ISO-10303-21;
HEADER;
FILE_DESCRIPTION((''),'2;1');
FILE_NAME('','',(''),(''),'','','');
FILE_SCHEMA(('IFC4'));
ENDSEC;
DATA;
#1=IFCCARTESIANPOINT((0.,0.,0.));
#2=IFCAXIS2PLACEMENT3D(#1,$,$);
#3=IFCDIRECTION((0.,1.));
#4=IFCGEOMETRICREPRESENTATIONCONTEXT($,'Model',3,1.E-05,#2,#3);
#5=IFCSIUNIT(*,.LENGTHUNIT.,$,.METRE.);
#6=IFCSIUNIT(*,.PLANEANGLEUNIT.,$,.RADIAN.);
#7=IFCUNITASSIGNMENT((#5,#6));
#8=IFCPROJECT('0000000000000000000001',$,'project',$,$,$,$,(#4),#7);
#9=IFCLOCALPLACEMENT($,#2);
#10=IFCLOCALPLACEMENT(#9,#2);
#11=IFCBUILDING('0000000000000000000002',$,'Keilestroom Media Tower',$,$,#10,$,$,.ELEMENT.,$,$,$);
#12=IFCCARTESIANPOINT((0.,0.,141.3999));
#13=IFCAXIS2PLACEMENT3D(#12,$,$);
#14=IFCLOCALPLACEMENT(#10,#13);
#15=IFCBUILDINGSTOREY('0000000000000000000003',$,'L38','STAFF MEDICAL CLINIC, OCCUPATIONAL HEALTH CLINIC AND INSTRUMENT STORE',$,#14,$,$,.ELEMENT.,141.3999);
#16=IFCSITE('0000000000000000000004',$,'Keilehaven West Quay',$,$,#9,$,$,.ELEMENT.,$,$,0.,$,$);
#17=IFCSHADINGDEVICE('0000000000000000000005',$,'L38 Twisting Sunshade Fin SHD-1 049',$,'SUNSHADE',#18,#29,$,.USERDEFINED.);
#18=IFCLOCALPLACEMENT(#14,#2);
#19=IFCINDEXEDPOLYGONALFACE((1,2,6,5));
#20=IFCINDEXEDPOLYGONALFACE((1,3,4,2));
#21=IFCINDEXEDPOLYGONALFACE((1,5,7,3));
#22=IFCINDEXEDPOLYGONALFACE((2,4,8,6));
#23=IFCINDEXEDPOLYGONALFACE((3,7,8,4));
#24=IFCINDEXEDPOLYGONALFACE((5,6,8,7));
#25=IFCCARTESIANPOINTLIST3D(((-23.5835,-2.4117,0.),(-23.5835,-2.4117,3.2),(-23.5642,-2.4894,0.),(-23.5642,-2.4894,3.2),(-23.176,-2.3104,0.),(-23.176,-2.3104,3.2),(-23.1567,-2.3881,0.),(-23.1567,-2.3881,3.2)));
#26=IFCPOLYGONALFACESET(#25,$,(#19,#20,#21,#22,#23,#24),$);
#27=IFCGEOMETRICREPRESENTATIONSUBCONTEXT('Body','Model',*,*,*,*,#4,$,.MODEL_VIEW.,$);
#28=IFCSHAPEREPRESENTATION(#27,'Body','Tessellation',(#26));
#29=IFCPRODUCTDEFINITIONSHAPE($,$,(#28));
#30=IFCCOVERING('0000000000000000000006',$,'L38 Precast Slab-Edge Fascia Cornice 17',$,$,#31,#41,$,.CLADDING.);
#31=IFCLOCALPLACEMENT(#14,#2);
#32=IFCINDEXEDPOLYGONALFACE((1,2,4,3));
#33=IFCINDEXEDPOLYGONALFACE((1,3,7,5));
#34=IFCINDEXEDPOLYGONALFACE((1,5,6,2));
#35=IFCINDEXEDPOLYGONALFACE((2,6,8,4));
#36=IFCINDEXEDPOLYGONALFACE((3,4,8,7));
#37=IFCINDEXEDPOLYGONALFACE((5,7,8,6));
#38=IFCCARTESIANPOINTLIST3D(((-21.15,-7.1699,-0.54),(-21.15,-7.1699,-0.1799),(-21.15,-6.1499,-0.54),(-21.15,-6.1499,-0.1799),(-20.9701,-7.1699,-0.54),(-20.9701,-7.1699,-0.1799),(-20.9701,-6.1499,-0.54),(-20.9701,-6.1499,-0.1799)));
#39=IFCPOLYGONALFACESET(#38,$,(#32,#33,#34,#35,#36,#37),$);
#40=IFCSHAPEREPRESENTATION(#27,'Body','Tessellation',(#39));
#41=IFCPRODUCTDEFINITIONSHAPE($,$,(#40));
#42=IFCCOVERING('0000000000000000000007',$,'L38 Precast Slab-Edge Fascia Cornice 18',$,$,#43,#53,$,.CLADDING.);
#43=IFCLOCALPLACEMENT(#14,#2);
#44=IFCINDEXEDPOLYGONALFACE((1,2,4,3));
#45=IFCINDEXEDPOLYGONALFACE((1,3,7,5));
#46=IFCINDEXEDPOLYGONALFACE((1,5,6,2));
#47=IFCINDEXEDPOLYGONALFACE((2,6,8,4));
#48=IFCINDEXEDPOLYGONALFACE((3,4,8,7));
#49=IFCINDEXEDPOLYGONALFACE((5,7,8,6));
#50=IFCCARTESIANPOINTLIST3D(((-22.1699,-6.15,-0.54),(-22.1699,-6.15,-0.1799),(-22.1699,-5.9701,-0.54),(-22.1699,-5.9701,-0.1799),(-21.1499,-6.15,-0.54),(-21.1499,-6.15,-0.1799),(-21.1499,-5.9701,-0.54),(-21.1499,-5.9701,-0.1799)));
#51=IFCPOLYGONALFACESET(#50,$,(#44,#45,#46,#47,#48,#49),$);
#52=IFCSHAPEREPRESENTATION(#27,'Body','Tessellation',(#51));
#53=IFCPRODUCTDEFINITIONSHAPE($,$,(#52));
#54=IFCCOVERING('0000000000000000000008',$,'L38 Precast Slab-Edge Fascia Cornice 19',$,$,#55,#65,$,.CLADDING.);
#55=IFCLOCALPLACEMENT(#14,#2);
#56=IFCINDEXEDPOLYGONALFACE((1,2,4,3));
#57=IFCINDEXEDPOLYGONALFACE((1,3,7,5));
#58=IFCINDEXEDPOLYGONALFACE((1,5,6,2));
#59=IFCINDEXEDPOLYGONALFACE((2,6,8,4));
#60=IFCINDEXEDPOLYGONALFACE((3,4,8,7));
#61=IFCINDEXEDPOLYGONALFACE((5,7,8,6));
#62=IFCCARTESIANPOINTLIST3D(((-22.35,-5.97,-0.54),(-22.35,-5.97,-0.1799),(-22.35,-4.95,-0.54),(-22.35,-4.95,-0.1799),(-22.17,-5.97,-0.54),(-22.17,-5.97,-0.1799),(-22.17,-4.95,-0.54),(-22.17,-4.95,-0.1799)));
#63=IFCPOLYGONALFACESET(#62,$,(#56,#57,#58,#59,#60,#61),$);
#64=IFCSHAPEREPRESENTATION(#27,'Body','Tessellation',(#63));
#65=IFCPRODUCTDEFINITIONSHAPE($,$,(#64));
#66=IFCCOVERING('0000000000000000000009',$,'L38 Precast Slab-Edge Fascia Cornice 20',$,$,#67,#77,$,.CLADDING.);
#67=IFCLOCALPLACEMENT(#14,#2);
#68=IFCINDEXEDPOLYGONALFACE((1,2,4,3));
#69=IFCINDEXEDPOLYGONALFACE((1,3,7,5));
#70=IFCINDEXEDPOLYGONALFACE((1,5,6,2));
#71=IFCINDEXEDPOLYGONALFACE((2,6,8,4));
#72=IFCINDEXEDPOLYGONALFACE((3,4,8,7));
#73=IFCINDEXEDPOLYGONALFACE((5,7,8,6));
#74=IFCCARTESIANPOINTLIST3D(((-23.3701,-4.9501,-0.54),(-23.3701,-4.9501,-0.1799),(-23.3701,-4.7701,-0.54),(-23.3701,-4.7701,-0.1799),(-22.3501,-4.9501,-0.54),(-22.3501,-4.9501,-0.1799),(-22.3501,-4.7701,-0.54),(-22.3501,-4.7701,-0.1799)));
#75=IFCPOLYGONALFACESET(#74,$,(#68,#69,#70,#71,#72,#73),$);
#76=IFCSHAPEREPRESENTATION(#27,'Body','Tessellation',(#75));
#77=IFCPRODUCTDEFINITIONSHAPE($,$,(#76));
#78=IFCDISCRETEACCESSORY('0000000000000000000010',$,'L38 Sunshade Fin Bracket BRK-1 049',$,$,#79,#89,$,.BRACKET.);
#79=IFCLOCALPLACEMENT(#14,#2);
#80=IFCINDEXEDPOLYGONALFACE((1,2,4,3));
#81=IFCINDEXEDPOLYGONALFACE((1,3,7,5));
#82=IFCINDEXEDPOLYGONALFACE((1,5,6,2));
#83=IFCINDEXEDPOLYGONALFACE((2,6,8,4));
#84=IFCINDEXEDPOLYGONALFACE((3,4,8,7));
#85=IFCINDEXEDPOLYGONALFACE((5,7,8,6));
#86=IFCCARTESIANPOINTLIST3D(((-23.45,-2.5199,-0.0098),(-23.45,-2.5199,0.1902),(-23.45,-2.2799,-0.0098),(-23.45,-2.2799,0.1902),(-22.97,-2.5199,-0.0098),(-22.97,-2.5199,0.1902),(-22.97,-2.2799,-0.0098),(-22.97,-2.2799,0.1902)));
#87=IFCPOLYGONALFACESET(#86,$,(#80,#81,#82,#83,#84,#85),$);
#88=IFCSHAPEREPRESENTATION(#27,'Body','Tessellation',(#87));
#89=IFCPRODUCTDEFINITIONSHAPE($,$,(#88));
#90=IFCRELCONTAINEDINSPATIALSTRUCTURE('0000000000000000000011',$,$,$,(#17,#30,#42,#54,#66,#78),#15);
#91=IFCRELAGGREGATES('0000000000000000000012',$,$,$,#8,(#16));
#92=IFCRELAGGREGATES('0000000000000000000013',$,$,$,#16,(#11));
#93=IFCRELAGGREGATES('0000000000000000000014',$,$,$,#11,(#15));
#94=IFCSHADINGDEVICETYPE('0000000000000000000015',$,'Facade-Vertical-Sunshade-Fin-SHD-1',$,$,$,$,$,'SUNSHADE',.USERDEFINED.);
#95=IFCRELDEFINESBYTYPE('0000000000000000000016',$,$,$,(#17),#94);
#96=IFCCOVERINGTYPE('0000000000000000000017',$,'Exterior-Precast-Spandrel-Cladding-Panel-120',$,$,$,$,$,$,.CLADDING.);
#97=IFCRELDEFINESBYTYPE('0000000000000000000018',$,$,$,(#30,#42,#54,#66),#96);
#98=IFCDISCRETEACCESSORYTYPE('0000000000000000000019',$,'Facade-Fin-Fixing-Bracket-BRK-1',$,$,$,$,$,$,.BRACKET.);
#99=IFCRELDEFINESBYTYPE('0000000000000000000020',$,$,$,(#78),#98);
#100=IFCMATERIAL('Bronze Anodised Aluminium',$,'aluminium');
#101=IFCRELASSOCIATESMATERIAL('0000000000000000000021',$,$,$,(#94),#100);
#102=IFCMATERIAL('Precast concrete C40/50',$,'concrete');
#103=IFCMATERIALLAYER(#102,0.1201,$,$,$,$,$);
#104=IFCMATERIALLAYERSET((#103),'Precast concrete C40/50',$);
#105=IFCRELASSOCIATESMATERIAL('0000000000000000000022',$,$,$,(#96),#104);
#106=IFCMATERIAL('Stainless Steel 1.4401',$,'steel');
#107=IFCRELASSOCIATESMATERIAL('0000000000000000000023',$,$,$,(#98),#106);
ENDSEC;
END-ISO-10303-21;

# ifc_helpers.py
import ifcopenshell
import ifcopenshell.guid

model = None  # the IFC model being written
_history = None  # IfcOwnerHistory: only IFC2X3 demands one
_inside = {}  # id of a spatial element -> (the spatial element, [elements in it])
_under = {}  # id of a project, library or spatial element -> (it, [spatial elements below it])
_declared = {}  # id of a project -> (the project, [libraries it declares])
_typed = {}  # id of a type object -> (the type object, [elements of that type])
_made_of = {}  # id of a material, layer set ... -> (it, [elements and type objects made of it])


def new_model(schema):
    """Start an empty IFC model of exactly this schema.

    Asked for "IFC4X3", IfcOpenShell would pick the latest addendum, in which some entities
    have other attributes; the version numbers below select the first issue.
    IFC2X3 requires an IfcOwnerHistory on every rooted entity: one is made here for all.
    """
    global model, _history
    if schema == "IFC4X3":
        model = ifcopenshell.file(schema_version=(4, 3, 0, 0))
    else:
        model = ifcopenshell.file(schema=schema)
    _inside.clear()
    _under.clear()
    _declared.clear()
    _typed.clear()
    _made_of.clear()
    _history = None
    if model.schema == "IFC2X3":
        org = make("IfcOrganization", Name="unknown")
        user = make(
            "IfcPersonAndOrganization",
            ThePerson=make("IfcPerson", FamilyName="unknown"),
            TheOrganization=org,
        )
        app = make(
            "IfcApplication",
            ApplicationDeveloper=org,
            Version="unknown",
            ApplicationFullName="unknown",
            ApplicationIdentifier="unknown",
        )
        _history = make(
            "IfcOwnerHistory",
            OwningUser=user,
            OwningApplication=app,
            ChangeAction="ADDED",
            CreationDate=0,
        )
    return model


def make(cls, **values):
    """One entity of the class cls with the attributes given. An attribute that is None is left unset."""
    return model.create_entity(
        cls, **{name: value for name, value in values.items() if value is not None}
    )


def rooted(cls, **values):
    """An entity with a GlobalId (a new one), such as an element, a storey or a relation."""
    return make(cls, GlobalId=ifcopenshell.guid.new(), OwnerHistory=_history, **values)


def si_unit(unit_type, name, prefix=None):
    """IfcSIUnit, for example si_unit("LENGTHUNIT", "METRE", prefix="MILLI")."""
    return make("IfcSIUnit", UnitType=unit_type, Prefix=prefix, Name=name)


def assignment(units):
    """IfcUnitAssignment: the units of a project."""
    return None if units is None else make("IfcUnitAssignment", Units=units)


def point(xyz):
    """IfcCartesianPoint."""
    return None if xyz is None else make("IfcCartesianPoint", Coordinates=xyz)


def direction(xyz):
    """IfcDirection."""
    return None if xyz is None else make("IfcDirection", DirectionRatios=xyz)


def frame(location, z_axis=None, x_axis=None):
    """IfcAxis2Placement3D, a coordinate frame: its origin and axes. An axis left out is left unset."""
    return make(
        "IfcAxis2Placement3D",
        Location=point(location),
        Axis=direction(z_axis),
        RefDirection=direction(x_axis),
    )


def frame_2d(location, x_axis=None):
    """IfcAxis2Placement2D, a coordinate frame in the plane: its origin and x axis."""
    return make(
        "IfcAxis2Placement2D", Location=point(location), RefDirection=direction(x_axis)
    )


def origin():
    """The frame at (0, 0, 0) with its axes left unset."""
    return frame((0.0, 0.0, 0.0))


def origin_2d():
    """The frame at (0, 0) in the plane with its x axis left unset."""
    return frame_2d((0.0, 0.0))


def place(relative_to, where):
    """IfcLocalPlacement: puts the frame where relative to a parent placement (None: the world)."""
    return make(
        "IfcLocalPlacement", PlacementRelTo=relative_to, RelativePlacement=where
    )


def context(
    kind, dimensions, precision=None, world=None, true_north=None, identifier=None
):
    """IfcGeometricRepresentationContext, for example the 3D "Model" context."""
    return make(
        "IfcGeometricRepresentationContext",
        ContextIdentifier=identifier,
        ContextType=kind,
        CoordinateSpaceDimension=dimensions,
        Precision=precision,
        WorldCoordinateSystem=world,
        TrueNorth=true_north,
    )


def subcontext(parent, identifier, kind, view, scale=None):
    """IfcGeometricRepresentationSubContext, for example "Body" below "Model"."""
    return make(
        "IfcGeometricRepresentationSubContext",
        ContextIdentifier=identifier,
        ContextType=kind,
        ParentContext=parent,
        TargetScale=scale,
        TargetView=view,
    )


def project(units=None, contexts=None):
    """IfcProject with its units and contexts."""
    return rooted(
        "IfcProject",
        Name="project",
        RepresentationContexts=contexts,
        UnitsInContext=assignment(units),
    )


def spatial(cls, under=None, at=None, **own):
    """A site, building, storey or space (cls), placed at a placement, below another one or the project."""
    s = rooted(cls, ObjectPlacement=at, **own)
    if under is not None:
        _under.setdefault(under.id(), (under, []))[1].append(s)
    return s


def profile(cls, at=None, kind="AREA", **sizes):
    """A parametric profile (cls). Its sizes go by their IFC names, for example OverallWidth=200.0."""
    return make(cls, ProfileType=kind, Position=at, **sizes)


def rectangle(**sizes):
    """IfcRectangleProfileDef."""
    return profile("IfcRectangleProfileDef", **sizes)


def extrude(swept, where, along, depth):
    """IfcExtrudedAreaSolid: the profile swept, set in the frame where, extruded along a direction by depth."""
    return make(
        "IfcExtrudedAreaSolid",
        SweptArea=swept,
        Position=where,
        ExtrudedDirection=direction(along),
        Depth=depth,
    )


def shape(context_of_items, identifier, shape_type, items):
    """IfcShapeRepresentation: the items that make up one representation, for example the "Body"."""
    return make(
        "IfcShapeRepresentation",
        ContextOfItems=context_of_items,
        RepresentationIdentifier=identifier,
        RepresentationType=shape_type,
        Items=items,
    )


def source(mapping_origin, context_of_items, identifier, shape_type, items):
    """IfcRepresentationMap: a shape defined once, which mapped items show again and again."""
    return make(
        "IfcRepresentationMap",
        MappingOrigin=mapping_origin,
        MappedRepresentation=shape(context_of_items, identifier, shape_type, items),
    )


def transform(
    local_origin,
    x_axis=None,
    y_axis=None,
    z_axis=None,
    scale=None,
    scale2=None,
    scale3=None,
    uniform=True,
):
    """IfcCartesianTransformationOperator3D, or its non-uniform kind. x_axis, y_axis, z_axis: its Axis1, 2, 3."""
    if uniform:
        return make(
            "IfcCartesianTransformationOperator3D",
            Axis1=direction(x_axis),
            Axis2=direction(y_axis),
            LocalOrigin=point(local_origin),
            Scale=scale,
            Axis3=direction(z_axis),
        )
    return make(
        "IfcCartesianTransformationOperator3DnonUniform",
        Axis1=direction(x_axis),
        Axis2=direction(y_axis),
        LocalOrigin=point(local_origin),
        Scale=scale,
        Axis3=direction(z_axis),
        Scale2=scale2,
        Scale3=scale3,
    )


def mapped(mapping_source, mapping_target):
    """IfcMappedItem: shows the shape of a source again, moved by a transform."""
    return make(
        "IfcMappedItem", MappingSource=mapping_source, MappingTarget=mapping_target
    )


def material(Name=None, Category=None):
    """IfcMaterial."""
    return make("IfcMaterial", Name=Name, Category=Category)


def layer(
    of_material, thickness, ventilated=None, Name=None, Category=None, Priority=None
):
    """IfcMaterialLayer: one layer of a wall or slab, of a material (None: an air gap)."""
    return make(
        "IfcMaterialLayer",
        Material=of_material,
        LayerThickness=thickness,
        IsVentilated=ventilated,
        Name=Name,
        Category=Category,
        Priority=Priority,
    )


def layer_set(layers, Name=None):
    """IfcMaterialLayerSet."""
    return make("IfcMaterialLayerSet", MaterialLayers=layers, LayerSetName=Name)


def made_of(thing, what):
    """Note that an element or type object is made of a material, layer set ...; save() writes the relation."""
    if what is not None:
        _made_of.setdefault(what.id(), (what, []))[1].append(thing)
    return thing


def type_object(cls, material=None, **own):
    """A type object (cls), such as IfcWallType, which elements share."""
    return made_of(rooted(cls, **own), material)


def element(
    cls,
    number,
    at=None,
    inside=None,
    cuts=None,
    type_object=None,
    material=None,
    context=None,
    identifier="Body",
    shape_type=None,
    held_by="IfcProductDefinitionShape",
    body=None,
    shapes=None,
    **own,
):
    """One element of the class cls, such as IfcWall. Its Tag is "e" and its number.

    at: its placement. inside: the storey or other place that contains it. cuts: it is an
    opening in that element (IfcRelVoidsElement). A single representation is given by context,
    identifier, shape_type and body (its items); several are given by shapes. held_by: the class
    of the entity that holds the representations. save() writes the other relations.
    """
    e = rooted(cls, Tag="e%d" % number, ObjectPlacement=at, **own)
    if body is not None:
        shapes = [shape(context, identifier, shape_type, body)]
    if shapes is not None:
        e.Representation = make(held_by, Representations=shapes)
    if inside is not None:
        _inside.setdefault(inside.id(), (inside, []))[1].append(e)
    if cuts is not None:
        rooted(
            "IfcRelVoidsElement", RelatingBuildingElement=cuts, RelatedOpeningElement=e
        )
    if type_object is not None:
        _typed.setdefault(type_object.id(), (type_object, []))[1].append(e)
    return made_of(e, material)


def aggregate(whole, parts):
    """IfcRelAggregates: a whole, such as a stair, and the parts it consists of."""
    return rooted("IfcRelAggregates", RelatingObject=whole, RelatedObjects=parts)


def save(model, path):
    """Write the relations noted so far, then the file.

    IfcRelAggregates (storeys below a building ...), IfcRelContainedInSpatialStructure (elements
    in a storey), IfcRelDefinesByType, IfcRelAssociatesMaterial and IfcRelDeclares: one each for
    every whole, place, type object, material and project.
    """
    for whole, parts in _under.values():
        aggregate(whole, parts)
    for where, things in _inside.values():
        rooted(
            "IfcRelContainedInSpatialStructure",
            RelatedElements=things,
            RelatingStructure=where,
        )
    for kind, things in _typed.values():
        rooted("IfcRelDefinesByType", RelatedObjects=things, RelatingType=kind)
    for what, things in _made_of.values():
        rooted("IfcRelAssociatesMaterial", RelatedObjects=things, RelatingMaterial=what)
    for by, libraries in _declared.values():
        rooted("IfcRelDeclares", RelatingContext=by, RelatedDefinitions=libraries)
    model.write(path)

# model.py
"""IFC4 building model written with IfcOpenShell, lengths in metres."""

from ifc_helpers import new_model, si_unit, direction, frame, origin, origin_2d, place, context, subcontext, project, spatial, rectangle, extrude, source, transform, mapped, material, layer, layer_set, type_object, element, save


model = new_model("IFC4")

# Units and contexts
model_context = context("Model", 3, precision=1e-05, world=origin(), true_north=direction((0.0, 1.0)))
body_context = subcontext(model_context, "Body", "Model", "MODEL_VIEW")
ifc_project = project(units=[si_unit("LENGTHUNIT", "METRE"), si_unit("PLANEANGLEUNIT", "RADIAN")], contexts=[model_context])

# Site, building, storey
site_placement = place(None, origin())
site = spatial("IfcSite", under=ifc_project, at=site_placement, Name="Keilehaven West Quay", CompositionType="ELEMENT", RefElevation=0.0)
building_placement = place(site_placement, origin())
building = spatial("IfcBuilding", under=site, at=building_placement, Name="Keilestroom Media Tower", CompositionType="ELEMENT")
storey_placement = place(building_placement, frame((0.0, 0.0, 141.3999)))
storey = spatial("IfcBuildingStorey", under=building, at=storey_placement, Name="L38", Description="STAFF MEDICAL CLINIC, OCCUPATIONAL HEALTH CLINIC AND INSTRUMENT STORE", CompositionType="ELEMENT", Elevation=141.3999)

# Shared definitions
ifc_material_1 = material(Name="Precast concrete C40/50", Category="concrete")

# Shading device
ifc_material_2 = material(Name="Bronze Anodised Aluminium", Category="aluminium")
shading_device_type = type_object("IfcShadingDeviceType", Name="Facade-Vertical-Sunshade-Fin-SHD-1", ElementType="SUNSHADE", PredefinedType="USERDEFINED", material=ifc_material_2)
shared_shape_1 = source(origin(), body_context, "Body", "SweptSolid", [
    extrude(rectangle(XDim=0.4199, YDim=0.0801, at=origin_2d()), origin(), (0.0, 0.0, 1.0), 3.2),
])
shading_device_placement = place(storey_placement, frame((-23.3701, -2.3999, 0.0), z_axis=(0.0, 0.0, 1.0), x_axis=(0.970422, 0.241414, 0.0)))
element("IfcShadingDevice", 1, at=shading_device_placement, inside=storey, type_object=shading_device_type, Name="L38 Twisting Sunshade Fin SHD-1 049", ObjectType="SUNSHADE", PredefinedType="USERDEFINED", context=body_context, shape_type="MappedRepresentation", body=[
    mapped(shared_shape_1, transform((0.0, 0.0, 0.0), x_axis=(1.0, 0.0, 0.0), y_axis=(0.0, 1.0, 0.0), z_axis=(0.0, 0.0, 1.0), scale=1.0)),
])

# Coverings
ifc_layer_1 = layer(ifc_material_1, 0.1201)
ifc_layer_set_1 = layer_set([ifc_layer_1], Name="Precast concrete C40/50")
covering_type = type_object("IfcCoveringType", Name="Exterior-Precast-Spandrel-Cladding-Panel-120", PredefinedType="CLADDING", material=ifc_layer_set_1)
shared_shape_2 = source(origin(), body_context, "Body", "SweptSolid", [
    extrude(rectangle(XDim=1.02, YDim=0.1799, at=origin_2d()), origin(), (0.0, 0.0, 1.0), 0.3601),
])
for number, where, z_axis, x_axis, name in (
    (2, (-21.0601, -6.6599, -0.54), (0.0, 0.0, 1.0), (0.0, 1.0, 0.0), "L38 Precast Slab-Edge Fascia Cornice 17"),
    (3, (-21.6599, -6.0601, -0.54), (0.0, 0.0, 1.0), (-1.0, 0.0, 0.0), "L38 Precast Slab-Edge Fascia Cornice 18"),
    (4, (-22.26, -5.46, -0.54), (0.0, 0.0, 1.0), (0.0, 1.0, 0.0), "L38 Precast Slab-Edge Fascia Cornice 19"),
    (5, (-22.8601, -4.8601, -0.54), (0.0, 0.0, 1.0), (-1.0, 0.0, 0.0), "L38 Precast Slab-Edge Fascia Cornice 20"),
):
    element("IfcCovering", number, at=place(storey_placement, frame(where, z_axis=z_axis, x_axis=x_axis)), inside=storey, type_object=covering_type, Name=name, PredefinedType="CLADDING", context=body_context, shape_type="MappedRepresentation", body=[
        mapped(shared_shape_2, transform((0.0, 0.0, 0.0), x_axis=(1.0, 0.0, 0.0), y_axis=(0.0, 1.0, 0.0), z_axis=(0.0, 0.0, 1.0), scale=1.0)),
    ])

# Discrete accessory
ifc_material_3 = material(Name="Stainless Steel 1.4401", Category="steel")
discrete_accessory_type = type_object("IfcDiscreteAccessoryType", Name="Facade-Fin-Fixing-Bracket-BRK-1", PredefinedType="BRACKET", material=ifc_material_3)
shared_shape_3 = source(origin(), body_context, "Body", "SweptSolid", [
    extrude(rectangle(XDim=0.48, YDim=0.24, at=origin_2d()), origin(), (0.0, 0.0, 1.0), 0.2),
])
discrete_accessory_placement = place(storey_placement, frame((-23.21, -2.3999, -0.0098), z_axis=(0.0, 0.0, 1.0), x_axis=(1.0, 0.0, 0.0)))
element("IfcDiscreteAccessory", 6, at=discrete_accessory_placement, inside=storey, type_object=discrete_accessory_type, Name="L38 Sunshade Fin Bracket BRK-1 049", PredefinedType="BRACKET", context=body_context, shape_type="MappedRepresentation", body=[
    mapped(shared_shape_3, transform((0.0, 0.0, 0.0), x_axis=(1.0, 0.0, 0.0), y_axis=(0.0, 1.0, 0.0), z_axis=(0.0, 0.0, 1.0), scale=1.0)),
])

save(model, "model.ifc")
